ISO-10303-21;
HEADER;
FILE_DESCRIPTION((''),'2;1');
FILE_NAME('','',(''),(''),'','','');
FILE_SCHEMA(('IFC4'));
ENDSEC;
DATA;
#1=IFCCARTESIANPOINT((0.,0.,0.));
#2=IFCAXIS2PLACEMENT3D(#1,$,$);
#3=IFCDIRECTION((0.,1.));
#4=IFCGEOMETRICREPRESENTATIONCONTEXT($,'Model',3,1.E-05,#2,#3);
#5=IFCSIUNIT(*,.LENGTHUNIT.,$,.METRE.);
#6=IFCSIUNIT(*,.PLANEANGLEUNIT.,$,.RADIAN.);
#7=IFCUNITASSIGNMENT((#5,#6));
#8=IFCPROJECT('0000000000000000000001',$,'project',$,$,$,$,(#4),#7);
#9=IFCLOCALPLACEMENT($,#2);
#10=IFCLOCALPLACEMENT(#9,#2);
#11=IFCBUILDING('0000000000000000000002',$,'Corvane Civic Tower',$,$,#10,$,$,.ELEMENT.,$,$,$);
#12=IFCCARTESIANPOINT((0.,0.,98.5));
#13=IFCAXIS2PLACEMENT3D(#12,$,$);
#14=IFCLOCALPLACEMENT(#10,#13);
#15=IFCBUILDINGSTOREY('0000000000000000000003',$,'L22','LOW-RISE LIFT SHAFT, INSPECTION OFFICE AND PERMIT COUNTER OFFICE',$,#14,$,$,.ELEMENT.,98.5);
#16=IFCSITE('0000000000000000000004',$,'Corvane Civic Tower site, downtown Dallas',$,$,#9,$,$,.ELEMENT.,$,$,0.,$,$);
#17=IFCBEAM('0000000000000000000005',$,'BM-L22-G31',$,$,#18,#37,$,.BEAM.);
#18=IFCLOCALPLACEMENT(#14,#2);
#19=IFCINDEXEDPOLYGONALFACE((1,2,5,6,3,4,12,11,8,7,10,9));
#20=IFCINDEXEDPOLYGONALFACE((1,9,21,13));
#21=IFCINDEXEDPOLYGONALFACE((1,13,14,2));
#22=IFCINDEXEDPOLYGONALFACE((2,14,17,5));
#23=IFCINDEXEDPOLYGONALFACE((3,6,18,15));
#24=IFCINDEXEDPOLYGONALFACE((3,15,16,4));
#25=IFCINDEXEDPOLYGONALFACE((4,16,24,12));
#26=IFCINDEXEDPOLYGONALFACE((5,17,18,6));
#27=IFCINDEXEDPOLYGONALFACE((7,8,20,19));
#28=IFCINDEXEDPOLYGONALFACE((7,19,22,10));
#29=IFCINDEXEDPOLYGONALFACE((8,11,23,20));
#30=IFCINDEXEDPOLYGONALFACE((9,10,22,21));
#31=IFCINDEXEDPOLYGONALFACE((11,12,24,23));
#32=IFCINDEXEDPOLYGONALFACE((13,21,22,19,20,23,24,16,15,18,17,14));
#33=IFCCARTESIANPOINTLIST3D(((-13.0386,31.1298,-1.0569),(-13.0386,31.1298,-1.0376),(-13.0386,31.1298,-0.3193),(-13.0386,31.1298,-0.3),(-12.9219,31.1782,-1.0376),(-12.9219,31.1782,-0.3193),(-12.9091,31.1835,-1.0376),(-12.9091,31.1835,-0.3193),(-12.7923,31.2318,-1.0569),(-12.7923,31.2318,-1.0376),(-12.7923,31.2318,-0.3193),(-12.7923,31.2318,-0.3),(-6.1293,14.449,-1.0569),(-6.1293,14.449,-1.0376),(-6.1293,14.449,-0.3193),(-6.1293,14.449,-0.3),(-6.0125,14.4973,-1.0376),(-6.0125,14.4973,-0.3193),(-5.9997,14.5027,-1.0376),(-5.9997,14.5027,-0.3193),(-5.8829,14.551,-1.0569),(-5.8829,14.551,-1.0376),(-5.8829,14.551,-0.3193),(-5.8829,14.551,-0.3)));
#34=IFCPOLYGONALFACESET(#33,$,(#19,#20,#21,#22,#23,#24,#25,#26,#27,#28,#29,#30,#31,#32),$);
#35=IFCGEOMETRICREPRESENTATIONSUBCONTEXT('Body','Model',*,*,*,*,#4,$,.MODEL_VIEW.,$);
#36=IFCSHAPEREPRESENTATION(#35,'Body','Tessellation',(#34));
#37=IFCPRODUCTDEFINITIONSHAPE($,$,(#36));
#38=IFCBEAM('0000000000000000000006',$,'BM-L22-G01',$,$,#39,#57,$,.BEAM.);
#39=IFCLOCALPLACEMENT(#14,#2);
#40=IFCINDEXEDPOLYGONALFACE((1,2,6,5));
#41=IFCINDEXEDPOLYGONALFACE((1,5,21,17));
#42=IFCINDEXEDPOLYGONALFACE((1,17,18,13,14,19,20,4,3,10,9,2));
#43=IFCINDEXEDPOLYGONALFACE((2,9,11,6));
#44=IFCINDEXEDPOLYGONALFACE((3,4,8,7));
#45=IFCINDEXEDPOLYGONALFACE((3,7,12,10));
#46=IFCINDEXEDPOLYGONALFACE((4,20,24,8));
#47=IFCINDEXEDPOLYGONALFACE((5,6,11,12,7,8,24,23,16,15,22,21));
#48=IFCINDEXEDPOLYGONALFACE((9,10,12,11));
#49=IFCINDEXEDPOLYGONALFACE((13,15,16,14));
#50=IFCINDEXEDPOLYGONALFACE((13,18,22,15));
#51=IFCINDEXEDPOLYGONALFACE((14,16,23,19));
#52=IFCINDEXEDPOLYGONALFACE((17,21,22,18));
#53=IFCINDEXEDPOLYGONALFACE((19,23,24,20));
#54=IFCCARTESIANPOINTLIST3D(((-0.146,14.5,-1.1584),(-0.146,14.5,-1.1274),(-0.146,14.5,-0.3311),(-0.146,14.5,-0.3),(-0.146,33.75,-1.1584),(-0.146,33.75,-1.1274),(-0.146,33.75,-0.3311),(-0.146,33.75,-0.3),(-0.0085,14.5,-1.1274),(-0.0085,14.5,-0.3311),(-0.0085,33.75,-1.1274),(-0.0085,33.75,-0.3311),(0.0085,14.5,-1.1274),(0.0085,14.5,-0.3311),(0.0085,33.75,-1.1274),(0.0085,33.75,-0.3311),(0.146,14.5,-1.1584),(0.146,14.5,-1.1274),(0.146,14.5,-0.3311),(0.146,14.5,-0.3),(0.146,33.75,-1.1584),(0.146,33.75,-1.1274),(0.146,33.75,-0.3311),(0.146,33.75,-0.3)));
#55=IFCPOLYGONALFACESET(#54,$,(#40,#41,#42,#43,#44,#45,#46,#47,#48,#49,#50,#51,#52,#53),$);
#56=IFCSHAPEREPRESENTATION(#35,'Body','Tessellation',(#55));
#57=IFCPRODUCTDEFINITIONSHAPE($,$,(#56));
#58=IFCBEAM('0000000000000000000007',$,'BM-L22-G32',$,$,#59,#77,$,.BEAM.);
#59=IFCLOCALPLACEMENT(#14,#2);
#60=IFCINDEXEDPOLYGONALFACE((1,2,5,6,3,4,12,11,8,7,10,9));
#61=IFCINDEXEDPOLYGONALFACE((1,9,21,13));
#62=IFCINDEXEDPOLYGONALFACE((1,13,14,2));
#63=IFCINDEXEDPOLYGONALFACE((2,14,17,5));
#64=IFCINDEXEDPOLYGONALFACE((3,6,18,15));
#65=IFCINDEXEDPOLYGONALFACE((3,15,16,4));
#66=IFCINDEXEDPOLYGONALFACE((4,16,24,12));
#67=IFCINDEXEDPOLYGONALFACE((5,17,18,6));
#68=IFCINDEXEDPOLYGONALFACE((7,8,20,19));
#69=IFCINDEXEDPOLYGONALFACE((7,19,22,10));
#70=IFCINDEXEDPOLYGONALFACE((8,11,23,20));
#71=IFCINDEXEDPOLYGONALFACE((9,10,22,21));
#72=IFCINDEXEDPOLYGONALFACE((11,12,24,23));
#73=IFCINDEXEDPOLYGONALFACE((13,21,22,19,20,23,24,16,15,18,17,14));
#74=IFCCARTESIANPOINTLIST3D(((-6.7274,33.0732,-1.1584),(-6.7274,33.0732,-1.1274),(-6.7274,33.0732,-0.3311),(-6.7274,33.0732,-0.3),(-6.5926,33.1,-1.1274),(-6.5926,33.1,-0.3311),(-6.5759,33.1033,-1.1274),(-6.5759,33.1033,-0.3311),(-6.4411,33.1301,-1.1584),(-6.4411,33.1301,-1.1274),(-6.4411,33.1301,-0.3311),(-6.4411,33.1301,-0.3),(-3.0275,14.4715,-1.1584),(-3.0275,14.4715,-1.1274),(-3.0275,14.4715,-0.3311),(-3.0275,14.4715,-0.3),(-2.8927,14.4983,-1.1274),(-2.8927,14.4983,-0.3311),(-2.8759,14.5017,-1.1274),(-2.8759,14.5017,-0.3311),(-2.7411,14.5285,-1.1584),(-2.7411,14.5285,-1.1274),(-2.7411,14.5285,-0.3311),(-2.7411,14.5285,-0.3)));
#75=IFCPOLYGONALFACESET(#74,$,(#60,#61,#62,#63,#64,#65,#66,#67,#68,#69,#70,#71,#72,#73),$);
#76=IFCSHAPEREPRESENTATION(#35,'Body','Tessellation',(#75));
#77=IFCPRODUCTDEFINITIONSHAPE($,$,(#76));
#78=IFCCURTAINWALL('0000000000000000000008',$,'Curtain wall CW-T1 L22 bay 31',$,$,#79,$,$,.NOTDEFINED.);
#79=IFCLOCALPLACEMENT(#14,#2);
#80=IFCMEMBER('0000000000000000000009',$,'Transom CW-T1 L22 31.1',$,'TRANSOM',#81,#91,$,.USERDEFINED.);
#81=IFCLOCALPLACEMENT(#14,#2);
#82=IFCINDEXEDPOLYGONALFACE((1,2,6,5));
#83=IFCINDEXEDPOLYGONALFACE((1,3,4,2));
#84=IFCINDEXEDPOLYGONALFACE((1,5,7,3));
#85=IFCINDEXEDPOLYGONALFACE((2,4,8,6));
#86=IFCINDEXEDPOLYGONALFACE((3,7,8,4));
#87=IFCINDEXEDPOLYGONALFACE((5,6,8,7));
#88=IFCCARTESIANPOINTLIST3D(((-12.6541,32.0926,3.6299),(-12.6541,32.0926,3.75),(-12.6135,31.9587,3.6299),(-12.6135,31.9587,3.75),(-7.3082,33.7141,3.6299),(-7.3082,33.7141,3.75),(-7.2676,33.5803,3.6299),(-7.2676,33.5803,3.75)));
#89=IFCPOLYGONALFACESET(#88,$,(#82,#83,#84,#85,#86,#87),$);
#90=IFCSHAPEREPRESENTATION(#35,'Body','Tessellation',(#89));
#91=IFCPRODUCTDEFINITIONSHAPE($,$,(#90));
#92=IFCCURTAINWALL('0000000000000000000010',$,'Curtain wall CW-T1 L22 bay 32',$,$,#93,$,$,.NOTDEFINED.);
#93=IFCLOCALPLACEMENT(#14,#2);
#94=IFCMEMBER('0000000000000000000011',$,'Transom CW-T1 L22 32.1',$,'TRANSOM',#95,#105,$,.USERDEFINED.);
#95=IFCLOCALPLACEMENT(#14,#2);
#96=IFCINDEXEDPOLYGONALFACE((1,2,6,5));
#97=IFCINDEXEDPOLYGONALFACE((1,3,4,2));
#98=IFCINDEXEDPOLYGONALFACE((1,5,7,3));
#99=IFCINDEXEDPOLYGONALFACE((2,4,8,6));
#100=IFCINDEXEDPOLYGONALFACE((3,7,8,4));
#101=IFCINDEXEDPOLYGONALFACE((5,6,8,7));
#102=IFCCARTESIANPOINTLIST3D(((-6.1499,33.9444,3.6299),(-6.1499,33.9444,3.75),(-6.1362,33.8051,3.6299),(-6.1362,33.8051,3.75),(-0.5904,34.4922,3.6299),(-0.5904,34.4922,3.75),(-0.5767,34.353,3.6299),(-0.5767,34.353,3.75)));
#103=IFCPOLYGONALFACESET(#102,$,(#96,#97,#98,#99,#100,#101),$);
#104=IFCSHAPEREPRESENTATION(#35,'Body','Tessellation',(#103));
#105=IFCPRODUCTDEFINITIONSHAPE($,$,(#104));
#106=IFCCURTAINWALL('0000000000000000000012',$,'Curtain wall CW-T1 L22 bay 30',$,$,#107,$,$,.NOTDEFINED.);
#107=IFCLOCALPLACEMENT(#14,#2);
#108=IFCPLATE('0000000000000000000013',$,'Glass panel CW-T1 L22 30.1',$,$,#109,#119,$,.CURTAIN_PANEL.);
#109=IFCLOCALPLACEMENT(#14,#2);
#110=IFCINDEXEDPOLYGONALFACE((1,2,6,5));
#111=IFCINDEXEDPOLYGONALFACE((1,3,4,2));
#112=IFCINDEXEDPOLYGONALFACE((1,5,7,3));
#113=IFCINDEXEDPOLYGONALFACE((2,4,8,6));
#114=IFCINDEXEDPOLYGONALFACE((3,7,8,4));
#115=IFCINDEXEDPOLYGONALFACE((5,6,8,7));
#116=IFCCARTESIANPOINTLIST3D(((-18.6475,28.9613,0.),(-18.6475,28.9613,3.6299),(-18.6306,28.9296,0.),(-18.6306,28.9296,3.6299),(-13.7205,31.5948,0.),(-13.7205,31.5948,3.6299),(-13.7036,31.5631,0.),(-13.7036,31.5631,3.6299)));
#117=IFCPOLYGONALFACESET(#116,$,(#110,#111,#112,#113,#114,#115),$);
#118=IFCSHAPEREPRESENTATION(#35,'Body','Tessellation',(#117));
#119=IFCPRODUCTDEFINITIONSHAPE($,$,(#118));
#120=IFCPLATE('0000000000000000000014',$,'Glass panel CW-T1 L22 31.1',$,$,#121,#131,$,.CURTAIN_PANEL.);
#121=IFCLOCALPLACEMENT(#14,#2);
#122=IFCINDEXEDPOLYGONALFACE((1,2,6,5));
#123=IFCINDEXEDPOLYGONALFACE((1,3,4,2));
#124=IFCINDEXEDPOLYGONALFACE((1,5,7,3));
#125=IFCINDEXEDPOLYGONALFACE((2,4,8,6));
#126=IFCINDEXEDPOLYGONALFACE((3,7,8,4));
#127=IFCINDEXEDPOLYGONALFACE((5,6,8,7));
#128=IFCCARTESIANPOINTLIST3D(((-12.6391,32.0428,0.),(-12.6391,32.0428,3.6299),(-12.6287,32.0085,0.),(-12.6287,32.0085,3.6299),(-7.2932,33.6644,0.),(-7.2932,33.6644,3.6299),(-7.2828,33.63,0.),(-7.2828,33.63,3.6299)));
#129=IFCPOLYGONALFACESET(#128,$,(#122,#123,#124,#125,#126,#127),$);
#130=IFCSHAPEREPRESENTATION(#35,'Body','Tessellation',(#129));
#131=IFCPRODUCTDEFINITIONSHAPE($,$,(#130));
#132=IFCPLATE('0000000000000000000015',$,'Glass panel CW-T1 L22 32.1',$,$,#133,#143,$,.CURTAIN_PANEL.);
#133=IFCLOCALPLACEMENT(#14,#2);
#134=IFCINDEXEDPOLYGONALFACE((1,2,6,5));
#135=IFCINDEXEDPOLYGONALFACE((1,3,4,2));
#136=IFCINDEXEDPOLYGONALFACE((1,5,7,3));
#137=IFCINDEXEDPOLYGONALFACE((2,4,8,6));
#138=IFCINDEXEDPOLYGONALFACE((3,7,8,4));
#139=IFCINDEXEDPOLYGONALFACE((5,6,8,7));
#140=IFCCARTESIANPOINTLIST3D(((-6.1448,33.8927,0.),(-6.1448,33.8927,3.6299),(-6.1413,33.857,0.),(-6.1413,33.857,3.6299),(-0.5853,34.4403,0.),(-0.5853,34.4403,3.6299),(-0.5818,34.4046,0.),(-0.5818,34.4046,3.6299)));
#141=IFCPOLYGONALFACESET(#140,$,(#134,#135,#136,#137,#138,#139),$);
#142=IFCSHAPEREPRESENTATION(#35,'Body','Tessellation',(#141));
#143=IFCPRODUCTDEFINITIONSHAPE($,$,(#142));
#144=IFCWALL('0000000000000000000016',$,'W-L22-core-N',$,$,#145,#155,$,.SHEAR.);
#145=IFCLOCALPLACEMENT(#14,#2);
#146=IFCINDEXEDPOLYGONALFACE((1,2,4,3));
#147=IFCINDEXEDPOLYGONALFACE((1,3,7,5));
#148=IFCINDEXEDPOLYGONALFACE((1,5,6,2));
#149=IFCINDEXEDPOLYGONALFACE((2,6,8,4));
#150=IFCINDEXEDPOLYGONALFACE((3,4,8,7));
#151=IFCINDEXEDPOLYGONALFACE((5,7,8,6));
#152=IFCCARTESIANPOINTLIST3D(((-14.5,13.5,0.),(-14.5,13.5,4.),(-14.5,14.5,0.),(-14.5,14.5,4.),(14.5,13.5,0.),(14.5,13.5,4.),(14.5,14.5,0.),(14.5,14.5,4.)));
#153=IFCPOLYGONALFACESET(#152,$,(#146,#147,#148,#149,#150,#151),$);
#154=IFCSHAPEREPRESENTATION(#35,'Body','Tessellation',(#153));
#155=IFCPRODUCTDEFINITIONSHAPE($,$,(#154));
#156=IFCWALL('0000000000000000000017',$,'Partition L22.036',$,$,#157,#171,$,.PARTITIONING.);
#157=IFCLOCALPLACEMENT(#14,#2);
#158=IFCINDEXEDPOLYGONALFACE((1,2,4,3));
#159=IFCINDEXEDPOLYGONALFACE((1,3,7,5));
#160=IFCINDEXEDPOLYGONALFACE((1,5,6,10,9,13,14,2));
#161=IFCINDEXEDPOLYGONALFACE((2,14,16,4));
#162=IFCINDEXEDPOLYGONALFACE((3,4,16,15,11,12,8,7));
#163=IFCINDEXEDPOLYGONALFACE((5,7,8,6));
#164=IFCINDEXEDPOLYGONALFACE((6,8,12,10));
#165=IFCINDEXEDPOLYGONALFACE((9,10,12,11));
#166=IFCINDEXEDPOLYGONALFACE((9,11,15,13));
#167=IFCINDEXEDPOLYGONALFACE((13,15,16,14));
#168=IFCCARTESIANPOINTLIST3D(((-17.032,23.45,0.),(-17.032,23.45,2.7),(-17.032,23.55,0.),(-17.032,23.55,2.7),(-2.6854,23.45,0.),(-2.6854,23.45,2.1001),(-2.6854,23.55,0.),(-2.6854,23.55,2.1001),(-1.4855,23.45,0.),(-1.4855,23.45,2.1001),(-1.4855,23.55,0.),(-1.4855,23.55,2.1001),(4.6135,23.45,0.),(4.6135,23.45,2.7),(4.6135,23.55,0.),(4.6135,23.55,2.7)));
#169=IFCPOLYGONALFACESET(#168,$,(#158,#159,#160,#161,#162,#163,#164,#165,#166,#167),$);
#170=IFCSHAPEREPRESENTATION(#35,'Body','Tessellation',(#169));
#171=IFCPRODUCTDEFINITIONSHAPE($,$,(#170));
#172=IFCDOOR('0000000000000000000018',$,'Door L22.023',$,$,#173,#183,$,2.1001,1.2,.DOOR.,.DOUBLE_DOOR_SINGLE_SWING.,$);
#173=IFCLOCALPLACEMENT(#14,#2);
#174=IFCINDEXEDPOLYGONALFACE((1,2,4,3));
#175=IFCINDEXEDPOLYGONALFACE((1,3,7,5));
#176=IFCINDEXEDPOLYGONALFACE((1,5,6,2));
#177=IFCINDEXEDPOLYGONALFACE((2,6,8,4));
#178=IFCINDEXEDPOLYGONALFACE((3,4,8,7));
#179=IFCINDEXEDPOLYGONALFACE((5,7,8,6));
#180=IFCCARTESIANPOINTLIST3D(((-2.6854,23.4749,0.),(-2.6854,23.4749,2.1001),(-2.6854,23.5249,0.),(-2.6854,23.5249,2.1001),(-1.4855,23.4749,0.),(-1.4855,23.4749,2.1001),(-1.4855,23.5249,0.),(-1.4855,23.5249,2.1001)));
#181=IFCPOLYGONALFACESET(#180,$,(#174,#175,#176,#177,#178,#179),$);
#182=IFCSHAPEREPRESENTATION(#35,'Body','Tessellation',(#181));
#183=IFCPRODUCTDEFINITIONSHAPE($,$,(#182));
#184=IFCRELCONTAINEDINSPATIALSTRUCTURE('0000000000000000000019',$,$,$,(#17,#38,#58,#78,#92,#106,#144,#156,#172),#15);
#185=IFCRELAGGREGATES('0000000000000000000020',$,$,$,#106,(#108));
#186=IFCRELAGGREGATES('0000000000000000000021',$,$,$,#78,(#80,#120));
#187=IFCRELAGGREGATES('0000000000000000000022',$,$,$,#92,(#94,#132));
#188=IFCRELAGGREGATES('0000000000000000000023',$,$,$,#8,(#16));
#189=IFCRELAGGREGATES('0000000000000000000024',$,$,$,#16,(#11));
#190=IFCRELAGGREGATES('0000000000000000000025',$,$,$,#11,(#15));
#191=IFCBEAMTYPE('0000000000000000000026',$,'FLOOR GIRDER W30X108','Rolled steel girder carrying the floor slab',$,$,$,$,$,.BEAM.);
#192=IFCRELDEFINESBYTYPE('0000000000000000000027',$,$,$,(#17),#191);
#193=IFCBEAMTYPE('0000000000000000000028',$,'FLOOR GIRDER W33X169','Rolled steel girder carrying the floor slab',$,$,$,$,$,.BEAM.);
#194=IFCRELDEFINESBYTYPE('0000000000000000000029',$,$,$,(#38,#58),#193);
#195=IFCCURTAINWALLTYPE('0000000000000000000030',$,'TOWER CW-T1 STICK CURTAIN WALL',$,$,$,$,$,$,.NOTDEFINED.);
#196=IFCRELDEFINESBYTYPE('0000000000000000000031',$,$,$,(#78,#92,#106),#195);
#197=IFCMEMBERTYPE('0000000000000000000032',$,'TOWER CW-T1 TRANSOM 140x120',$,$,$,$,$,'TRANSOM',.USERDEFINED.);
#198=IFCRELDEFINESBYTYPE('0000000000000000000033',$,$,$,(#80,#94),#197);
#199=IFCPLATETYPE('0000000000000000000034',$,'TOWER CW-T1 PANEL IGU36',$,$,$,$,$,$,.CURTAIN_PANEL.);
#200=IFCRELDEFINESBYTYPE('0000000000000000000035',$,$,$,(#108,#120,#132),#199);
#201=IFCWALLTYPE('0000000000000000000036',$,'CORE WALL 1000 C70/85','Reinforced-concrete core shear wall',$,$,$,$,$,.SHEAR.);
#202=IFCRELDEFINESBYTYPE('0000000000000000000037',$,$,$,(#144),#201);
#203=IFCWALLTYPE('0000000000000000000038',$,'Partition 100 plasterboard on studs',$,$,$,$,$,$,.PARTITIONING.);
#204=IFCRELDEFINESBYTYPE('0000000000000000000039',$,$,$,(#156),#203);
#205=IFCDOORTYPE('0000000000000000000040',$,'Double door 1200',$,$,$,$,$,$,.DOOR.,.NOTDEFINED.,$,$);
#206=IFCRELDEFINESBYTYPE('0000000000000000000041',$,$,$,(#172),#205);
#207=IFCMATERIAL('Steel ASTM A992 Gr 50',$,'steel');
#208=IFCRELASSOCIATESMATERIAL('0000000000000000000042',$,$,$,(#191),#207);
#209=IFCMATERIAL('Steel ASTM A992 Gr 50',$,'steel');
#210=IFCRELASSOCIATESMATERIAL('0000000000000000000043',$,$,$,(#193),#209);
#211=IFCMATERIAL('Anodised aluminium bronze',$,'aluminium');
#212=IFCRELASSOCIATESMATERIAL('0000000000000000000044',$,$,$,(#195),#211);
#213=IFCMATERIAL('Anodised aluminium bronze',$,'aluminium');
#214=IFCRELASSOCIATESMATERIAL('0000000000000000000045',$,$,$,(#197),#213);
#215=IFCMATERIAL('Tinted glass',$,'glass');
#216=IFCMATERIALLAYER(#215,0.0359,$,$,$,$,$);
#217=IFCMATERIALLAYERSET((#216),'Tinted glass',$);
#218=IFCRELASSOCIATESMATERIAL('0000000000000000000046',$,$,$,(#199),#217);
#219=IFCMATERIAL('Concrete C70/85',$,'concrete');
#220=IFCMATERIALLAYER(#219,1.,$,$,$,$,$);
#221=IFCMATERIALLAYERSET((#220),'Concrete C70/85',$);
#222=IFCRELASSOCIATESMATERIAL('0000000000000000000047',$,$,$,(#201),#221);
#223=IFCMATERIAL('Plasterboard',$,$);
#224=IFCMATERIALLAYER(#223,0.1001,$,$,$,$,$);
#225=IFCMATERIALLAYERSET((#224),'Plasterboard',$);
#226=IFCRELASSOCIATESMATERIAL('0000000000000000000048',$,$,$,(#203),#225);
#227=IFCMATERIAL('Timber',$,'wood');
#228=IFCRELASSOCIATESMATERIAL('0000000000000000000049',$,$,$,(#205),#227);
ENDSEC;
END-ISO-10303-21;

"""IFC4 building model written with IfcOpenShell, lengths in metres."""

from ifc_helpers import new_model, si_unit, direction, frame, frame_2d, origin, origin_2d, place, context, subcontext, project, spatial, rectangle, i_section, extrude, material, layer, layer_set, material_profile, profile_set, type_object, element, fill, aggregate, save


model = new_model("IFC4")

# Units and contexts
model_context = context("Model", 3, precision=1e-05, world=origin(), true_north=direction((0.0, 1.0)))
body_context = subcontext(model_context, "Body", "Model", "MODEL_VIEW")
ifc_project = project(units=[si_unit("LENGTHUNIT", "METRE"), si_unit("PLANEANGLEUNIT", "RADIAN")], contexts=[model_context])

# Site, building, storey
site_placement = place(None, origin())
site = spatial("IfcSite", under=ifc_project, at=site_placement, Name="Corvane Civic Tower site, downtown Dallas", CompositionType="ELEMENT", RefElevation=0.0)
building_placement = place(site_placement, origin())
building = spatial("IfcBuilding", under=site, at=building_placement, Name="Corvane Civic Tower", CompositionType="ELEMENT")
storey_placement = place(building_placement, frame((0.0, 0.0, 98.5)))
storey = spatial("IfcBuildingStorey", under=building, at=storey_placement, Name="L22", Description="LOW-RISE LIFT SHAFT, INSPECTION OFFICE AND PERMIT COUNTER OFFICE", CompositionType="ELEMENT", Elevation=98.5)

# Beams
ifc_material_1 = material(Name="Steel ASTM A992 Gr 50", Category="steel")
ifc_material_profile_1 = material_profile(ifc_material_1, i_section(OverallWidth=0.2666, OverallDepth=0.7568, WebThickness=0.0139, FlangeThickness=0.0193, at=origin_2d()), Name="W30X108")
ifc_profile_set_1 = profile_set([ifc_material_profile_1], Name="Steel ASTM A992 Gr 50")
beam_type_1 = type_object("IfcBeamType", Name="FLOOR GIRDER W30X108", Description="Rolled steel girder carrying the floor slab", PredefinedType="BEAM", material=ifc_profile_set_1)
beam_1_placement = place(storey_placement, frame((-6.0061, 14.5, -0.6785), z_axis=(-0.382682, 0.92388, 0.0), x_axis=(-0.92388, -0.382682, 0.0)))
element("IfcBeam", 1, at=beam_1_placement, inside=storey, type_object=beam_type_1, Name="BM-L22-G31", PredefinedType="BEAM", context=body_context, shape_type="SweptSolid", body=[
    extrude(i_section(OverallWidth=0.2666, OverallDepth=0.7568, WebThickness=0.0139, FlangeThickness=0.0193, at=origin_2d()), origin(), (0.0, 0.0, 1.0), 18.0552),
])
ifc_material_2 = material(Name="Steel ASTM A992 Gr 50", Category="steel")
ifc_material_profile_2 = material_profile(ifc_material_2, i_section(OverallWidth=0.292, OverallDepth=0.8584, WebThickness=0.0171, FlangeThickness=0.031, at=origin_2d()), Name="W33X169")
ifc_profile_set_2 = profile_set([ifc_material_profile_2], Name="Steel ASTM A992 Gr 50")
beam_type_2 = type_object("IfcBeamType", Name="FLOOR GIRDER W33X169", Description="Rolled steel girder carrying the floor slab", PredefinedType="BEAM", material=ifc_profile_set_2)
beam_2_placement = place(storey_placement, frame((0.0, 14.5, -0.7292), z_axis=(0.0, 1.0, 0.0), x_axis=(-1.0, 0.0, 0.0)))
element("IfcBeam", 2, at=beam_2_placement, inside=storey, type_object=beam_type_2, Name="BM-L22-G01", PredefinedType="BEAM", context=body_context, shape_type="SweptSolid", body=[
    extrude(i_section(OverallWidth=0.292, OverallDepth=0.8584, WebThickness=0.0171, FlangeThickness=0.031, at=origin_2d()), origin(), (0.0, 0.0, 1.0), 19.25),
])
beam_3_placement = place(storey_placement, frame((-2.8843, 14.5, -0.7292), z_axis=(-0.195084, 0.980787, 0.0), x_axis=(-0.980787, -0.195084, 0.0)))
element("IfcBeam", 3, at=beam_3_placement, inside=storey, type_object=beam_type_2, Name="BM-L22-G32", PredefinedType="BEAM", context=body_context, shape_type="SweptSolid", body=[
    extrude(i_section(OverallWidth=0.292, OverallDepth=0.8584, WebThickness=0.0171, FlangeThickness=0.031, at=origin_2d()), origin(), (0.0, 0.0, 1.0), 18.9661),
])

# Curtain walls, members
ifc_material_3 = material(Name="Anodised aluminium bronze", Category="aluminium")
curtain_wall_type = type_object("IfcCurtainWallType", Name="TOWER CW-T1 STICK CURTAIN WALL", PredefinedType="NOTDEFINED", material=ifc_material_3)
curtain_wall_1_placement = place(storey_placement, origin())
curtain_wall_1 = element("IfcCurtainWall", 4, at=curtain_wall_1_placement, inside=storey, type_object=curtain_wall_type, Name="Curtain wall CW-T1 L22 bay 31", PredefinedType="NOTDEFINED")
ifc_material_4 = material(Name="Anodised aluminium bronze", Category="aluminium")
ifc_material_profile_3 = material_profile(ifc_material_4, rectangle(XDim=0.1399, YDim=0.1201, at=origin_2d()), Name="TOWER CW-T1 TRANSOM 140x120")
ifc_profile_set_3 = profile_set([ifc_material_profile_3], Name="Anodised aluminium bronze")
member_type = type_object("IfcMemberType", Name="TOWER CW-T1 TRANSOM 140x120", ElementType="TRANSOM", PredefinedType="USERDEFINED", material=ifc_profile_set_3)
member_1_placement = place(storey_placement, frame((-12.6338, 32.0256, 3.6899), z_axis=(0.956945, 0.290269, 0.0), x_axis=(-0.290269, 0.956945, 0.0)))
member_1 = element("IfcMember", 5, at=member_1_placement, type_object=member_type, Name="Transom CW-T1 L22 31.1", ObjectType="TRANSOM", PredefinedType="USERDEFINED", context=body_context, shape_type="SweptSolid", body=[
    extrude(rectangle(XDim=0.1399, YDim=0.1201, at=origin_2d()), origin(), (0.0, 0.0, 1.0), 5.5864),
])
curtain_wall_2_placement = place(storey_placement, origin())
curtain_wall_2 = element("IfcCurtainWall", 6, at=curtain_wall_2_placement, inside=storey, type_object=curtain_wall_type, Name="Curtain wall CW-T1 L22 bay 32", PredefinedType="NOTDEFINED")
member_2_placement = place(storey_placement, frame((-6.1431, 33.8748, 3.6899), z_axis=(0.99518, 0.098067, 0.0), x_axis=(-0.098067, 0.99518, 0.0)))
member_2 = element("IfcMember", 7, at=member_2_placement, type_object=member_type, Name="Transom CW-T1 L22 32.1", ObjectType="TRANSOM", PredefinedType="USERDEFINED", context=body_context, shape_type="SweptSolid", body=[
    extrude(rectangle(XDim=0.1399, YDim=0.1201, at=origin_2d()), origin(), (0.0, 0.0, 1.0), 5.5864),
])

# Curtain wall, plate
curtain_wall_3_placement = place(storey_placement, origin())
curtain_wall_3 = element("IfcCurtainWall", 8, at=curtain_wall_3_placement, inside=storey, type_object=curtain_wall_type, Name="Curtain wall CW-T1 L22 bay 30", PredefinedType="NOTDEFINED")
ifc_material_5 = material(Name="Tinted glass", Category="glass")
ifc_layer_1 = layer(ifc_material_5, 0.0359)
ifc_layer_set_1 = layer_set([ifc_layer_1], Name="Tinted glass")
plate_type = type_object("IfcPlateType", Name="TOWER CW-T1 PANEL IGU36", PredefinedType="CURTAIN_PANEL", material=ifc_layer_set_1)
plate_1_placement = place(storey_placement, frame((-16.1755, 30.2622, 0.0), z_axis=(0.0, 0.0, 1.0), x_axis=(0.881924, 0.471392, 0.0)))
plate_1 = element("IfcPlate", 9, at=plate_1_placement, type_object=plate_type, Name="Glass panel CW-T1 L22 30.1", PredefinedType="CURTAIN_PANEL", context=body_context, shape_type="SweptSolid", body=[
    extrude(rectangle(XDim=5.5867, YDim=0.0359, at=origin_2d()), origin(), (0.0, 0.0, 1.0), 3.6299),
])
aggregate(curtain_wall_3, [plate_1])

# Plates
plate_2_placement = place(storey_placement, frame((-9.9609, 32.8364, 0.0), z_axis=(0.0, 0.0, 1.0), x_axis=(0.956946, 0.290266, 0.0)))
plate_2 = element("IfcPlate", 10, at=plate_2_placement, type_object=plate_type, Name="Glass panel CW-T1 L22 31.1", PredefinedType="CURTAIN_PANEL", context=body_context, shape_type="SweptSolid", body=[
    extrude(rectangle(XDim=5.5864, YDim=0.0359, at=origin_2d()), origin(), (0.0, 0.0, 1.0), 3.6299),
])
aggregate(curtain_wall_1, [member_1, plate_2])
plate_3_placement = place(storey_placement, frame((-3.3633, 34.1487, 0.0), z_axis=(0.0, 0.0, 1.0), x_axis=(0.995184, 0.098027, 0.0)))
plate_3 = element("IfcPlate", 11, at=plate_3_placement, type_object=plate_type, Name="Glass panel CW-T1 L22 32.1", PredefinedType="CURTAIN_PANEL", context=body_context, shape_type="SweptSolid", body=[
    extrude(rectangle(XDim=5.5864, YDim=0.0359, at=origin_2d()), origin(), (0.0, 0.0, 1.0), 3.6299),
])
aggregate(curtain_wall_2, [member_2, plate_3])

# Wall
ifc_material_6 = material(Name="Concrete C70/85", Category="concrete")
ifc_layer_2 = layer(ifc_material_6, 1.0)
ifc_layer_set_2 = layer_set([ifc_layer_2], Name="Concrete C70/85")
wall_type_1 = type_object("IfcWallType", Name="CORE WALL 1000 C70/85", Description="Reinforced-concrete core shear wall", PredefinedType="SHEAR", material=ifc_layer_set_2)
wall_1_placement = place(storey_placement, frame((-14.5, 14.0, 0.0), z_axis=(0.0, 0.0, 1.0), x_axis=(1.0, 0.0, 0.0)))
element("IfcWall", 12, at=wall_1_placement, inside=storey, type_object=wall_type_1, Name="W-L22-core-N", PredefinedType="SHEAR", context=body_context, shape_type="SweptSolid", body=[
    extrude(rectangle(XDim=29.0, YDim=1.0, at=frame_2d((14.5, 0.0))), origin(), (0.0, 0.0, 1.0), 4.0),
])

# Wall, opening, door
ifc_material_7 = material(Name="Plasterboard")
ifc_layer_3 = layer(ifc_material_7, 0.1001)
ifc_layer_set_3 = layer_set([ifc_layer_3], Name="Plasterboard")
wall_type_2 = type_object("IfcWallType", Name="Partition 100 plasterboard on studs", PredefinedType="PARTITIONING", material=ifc_layer_set_3)
wall_2_placement = place(storey_placement, frame((-17.032, 23.5, 0.0), z_axis=(0.0, 0.0, 1.0), x_axis=(1.0, 0.0, 0.0)))
wall_2 = element("IfcWall", 13, at=wall_2_placement, inside=storey, type_object=wall_type_2, Name="Partition L22.036", PredefinedType="PARTITIONING", context=body_context, shape_type="SweptSolid", body=[
    extrude(rectangle(XDim=21.6455, YDim=0.1001, at=frame_2d((10.8228, 0.0))), origin(), (0.0, 0.0, 1.0), 2.7),
])
opening_placement = place(wall_2_placement, frame((14.3464, 0.0, 0.0)))
opening = element("IfcOpeningElement", 14, at=opening_placement, cuts=wall_2, PredefinedType="OPENING", context=body_context, shape_type="SweptSolid", body=[
    extrude(rectangle(XDim=1.2, YDim=2.1001, at=frame_2d((0.6001, 1.05))), frame((0.0, 0.0601, 0.0), z_axis=(0.0, -1.0, 0.0), x_axis=(1.0, 0.0, 0.0)), (0.0, 0.0, 1.0), 0.1201),
])
ifc_material_8 = material(Name="Timber", Category="wood")
door_type = type_object("IfcDoorType", Name="Double door 1200", OperationType="NOTDEFINED", PredefinedType="DOOR", material=ifc_material_8)
door_placement = place(opening_placement, origin())
door = element("IfcDoor", 15, at=door_placement, inside=storey, type_object=door_type, Name="Door L22.023", OperationType="DOUBLE_DOOR_SINGLE_SWING", OverallHeight=2.1001, OverallWidth=1.2, PredefinedType="DOOR", context=body_context, shape_type="SweptSolid", body=[
    extrude(rectangle(XDim=1.2, YDim=2.1001, at=frame_2d((0.6001, 1.05))), frame((0.0, 0.0249, 0.0), z_axis=(0.0, -1.0, 0.0), x_axis=(1.0, 0.0, 0.0)), (0.0, 0.0, 1.0), 0.05),
])
fill(opening, door)

save(model, "model.ifc")
